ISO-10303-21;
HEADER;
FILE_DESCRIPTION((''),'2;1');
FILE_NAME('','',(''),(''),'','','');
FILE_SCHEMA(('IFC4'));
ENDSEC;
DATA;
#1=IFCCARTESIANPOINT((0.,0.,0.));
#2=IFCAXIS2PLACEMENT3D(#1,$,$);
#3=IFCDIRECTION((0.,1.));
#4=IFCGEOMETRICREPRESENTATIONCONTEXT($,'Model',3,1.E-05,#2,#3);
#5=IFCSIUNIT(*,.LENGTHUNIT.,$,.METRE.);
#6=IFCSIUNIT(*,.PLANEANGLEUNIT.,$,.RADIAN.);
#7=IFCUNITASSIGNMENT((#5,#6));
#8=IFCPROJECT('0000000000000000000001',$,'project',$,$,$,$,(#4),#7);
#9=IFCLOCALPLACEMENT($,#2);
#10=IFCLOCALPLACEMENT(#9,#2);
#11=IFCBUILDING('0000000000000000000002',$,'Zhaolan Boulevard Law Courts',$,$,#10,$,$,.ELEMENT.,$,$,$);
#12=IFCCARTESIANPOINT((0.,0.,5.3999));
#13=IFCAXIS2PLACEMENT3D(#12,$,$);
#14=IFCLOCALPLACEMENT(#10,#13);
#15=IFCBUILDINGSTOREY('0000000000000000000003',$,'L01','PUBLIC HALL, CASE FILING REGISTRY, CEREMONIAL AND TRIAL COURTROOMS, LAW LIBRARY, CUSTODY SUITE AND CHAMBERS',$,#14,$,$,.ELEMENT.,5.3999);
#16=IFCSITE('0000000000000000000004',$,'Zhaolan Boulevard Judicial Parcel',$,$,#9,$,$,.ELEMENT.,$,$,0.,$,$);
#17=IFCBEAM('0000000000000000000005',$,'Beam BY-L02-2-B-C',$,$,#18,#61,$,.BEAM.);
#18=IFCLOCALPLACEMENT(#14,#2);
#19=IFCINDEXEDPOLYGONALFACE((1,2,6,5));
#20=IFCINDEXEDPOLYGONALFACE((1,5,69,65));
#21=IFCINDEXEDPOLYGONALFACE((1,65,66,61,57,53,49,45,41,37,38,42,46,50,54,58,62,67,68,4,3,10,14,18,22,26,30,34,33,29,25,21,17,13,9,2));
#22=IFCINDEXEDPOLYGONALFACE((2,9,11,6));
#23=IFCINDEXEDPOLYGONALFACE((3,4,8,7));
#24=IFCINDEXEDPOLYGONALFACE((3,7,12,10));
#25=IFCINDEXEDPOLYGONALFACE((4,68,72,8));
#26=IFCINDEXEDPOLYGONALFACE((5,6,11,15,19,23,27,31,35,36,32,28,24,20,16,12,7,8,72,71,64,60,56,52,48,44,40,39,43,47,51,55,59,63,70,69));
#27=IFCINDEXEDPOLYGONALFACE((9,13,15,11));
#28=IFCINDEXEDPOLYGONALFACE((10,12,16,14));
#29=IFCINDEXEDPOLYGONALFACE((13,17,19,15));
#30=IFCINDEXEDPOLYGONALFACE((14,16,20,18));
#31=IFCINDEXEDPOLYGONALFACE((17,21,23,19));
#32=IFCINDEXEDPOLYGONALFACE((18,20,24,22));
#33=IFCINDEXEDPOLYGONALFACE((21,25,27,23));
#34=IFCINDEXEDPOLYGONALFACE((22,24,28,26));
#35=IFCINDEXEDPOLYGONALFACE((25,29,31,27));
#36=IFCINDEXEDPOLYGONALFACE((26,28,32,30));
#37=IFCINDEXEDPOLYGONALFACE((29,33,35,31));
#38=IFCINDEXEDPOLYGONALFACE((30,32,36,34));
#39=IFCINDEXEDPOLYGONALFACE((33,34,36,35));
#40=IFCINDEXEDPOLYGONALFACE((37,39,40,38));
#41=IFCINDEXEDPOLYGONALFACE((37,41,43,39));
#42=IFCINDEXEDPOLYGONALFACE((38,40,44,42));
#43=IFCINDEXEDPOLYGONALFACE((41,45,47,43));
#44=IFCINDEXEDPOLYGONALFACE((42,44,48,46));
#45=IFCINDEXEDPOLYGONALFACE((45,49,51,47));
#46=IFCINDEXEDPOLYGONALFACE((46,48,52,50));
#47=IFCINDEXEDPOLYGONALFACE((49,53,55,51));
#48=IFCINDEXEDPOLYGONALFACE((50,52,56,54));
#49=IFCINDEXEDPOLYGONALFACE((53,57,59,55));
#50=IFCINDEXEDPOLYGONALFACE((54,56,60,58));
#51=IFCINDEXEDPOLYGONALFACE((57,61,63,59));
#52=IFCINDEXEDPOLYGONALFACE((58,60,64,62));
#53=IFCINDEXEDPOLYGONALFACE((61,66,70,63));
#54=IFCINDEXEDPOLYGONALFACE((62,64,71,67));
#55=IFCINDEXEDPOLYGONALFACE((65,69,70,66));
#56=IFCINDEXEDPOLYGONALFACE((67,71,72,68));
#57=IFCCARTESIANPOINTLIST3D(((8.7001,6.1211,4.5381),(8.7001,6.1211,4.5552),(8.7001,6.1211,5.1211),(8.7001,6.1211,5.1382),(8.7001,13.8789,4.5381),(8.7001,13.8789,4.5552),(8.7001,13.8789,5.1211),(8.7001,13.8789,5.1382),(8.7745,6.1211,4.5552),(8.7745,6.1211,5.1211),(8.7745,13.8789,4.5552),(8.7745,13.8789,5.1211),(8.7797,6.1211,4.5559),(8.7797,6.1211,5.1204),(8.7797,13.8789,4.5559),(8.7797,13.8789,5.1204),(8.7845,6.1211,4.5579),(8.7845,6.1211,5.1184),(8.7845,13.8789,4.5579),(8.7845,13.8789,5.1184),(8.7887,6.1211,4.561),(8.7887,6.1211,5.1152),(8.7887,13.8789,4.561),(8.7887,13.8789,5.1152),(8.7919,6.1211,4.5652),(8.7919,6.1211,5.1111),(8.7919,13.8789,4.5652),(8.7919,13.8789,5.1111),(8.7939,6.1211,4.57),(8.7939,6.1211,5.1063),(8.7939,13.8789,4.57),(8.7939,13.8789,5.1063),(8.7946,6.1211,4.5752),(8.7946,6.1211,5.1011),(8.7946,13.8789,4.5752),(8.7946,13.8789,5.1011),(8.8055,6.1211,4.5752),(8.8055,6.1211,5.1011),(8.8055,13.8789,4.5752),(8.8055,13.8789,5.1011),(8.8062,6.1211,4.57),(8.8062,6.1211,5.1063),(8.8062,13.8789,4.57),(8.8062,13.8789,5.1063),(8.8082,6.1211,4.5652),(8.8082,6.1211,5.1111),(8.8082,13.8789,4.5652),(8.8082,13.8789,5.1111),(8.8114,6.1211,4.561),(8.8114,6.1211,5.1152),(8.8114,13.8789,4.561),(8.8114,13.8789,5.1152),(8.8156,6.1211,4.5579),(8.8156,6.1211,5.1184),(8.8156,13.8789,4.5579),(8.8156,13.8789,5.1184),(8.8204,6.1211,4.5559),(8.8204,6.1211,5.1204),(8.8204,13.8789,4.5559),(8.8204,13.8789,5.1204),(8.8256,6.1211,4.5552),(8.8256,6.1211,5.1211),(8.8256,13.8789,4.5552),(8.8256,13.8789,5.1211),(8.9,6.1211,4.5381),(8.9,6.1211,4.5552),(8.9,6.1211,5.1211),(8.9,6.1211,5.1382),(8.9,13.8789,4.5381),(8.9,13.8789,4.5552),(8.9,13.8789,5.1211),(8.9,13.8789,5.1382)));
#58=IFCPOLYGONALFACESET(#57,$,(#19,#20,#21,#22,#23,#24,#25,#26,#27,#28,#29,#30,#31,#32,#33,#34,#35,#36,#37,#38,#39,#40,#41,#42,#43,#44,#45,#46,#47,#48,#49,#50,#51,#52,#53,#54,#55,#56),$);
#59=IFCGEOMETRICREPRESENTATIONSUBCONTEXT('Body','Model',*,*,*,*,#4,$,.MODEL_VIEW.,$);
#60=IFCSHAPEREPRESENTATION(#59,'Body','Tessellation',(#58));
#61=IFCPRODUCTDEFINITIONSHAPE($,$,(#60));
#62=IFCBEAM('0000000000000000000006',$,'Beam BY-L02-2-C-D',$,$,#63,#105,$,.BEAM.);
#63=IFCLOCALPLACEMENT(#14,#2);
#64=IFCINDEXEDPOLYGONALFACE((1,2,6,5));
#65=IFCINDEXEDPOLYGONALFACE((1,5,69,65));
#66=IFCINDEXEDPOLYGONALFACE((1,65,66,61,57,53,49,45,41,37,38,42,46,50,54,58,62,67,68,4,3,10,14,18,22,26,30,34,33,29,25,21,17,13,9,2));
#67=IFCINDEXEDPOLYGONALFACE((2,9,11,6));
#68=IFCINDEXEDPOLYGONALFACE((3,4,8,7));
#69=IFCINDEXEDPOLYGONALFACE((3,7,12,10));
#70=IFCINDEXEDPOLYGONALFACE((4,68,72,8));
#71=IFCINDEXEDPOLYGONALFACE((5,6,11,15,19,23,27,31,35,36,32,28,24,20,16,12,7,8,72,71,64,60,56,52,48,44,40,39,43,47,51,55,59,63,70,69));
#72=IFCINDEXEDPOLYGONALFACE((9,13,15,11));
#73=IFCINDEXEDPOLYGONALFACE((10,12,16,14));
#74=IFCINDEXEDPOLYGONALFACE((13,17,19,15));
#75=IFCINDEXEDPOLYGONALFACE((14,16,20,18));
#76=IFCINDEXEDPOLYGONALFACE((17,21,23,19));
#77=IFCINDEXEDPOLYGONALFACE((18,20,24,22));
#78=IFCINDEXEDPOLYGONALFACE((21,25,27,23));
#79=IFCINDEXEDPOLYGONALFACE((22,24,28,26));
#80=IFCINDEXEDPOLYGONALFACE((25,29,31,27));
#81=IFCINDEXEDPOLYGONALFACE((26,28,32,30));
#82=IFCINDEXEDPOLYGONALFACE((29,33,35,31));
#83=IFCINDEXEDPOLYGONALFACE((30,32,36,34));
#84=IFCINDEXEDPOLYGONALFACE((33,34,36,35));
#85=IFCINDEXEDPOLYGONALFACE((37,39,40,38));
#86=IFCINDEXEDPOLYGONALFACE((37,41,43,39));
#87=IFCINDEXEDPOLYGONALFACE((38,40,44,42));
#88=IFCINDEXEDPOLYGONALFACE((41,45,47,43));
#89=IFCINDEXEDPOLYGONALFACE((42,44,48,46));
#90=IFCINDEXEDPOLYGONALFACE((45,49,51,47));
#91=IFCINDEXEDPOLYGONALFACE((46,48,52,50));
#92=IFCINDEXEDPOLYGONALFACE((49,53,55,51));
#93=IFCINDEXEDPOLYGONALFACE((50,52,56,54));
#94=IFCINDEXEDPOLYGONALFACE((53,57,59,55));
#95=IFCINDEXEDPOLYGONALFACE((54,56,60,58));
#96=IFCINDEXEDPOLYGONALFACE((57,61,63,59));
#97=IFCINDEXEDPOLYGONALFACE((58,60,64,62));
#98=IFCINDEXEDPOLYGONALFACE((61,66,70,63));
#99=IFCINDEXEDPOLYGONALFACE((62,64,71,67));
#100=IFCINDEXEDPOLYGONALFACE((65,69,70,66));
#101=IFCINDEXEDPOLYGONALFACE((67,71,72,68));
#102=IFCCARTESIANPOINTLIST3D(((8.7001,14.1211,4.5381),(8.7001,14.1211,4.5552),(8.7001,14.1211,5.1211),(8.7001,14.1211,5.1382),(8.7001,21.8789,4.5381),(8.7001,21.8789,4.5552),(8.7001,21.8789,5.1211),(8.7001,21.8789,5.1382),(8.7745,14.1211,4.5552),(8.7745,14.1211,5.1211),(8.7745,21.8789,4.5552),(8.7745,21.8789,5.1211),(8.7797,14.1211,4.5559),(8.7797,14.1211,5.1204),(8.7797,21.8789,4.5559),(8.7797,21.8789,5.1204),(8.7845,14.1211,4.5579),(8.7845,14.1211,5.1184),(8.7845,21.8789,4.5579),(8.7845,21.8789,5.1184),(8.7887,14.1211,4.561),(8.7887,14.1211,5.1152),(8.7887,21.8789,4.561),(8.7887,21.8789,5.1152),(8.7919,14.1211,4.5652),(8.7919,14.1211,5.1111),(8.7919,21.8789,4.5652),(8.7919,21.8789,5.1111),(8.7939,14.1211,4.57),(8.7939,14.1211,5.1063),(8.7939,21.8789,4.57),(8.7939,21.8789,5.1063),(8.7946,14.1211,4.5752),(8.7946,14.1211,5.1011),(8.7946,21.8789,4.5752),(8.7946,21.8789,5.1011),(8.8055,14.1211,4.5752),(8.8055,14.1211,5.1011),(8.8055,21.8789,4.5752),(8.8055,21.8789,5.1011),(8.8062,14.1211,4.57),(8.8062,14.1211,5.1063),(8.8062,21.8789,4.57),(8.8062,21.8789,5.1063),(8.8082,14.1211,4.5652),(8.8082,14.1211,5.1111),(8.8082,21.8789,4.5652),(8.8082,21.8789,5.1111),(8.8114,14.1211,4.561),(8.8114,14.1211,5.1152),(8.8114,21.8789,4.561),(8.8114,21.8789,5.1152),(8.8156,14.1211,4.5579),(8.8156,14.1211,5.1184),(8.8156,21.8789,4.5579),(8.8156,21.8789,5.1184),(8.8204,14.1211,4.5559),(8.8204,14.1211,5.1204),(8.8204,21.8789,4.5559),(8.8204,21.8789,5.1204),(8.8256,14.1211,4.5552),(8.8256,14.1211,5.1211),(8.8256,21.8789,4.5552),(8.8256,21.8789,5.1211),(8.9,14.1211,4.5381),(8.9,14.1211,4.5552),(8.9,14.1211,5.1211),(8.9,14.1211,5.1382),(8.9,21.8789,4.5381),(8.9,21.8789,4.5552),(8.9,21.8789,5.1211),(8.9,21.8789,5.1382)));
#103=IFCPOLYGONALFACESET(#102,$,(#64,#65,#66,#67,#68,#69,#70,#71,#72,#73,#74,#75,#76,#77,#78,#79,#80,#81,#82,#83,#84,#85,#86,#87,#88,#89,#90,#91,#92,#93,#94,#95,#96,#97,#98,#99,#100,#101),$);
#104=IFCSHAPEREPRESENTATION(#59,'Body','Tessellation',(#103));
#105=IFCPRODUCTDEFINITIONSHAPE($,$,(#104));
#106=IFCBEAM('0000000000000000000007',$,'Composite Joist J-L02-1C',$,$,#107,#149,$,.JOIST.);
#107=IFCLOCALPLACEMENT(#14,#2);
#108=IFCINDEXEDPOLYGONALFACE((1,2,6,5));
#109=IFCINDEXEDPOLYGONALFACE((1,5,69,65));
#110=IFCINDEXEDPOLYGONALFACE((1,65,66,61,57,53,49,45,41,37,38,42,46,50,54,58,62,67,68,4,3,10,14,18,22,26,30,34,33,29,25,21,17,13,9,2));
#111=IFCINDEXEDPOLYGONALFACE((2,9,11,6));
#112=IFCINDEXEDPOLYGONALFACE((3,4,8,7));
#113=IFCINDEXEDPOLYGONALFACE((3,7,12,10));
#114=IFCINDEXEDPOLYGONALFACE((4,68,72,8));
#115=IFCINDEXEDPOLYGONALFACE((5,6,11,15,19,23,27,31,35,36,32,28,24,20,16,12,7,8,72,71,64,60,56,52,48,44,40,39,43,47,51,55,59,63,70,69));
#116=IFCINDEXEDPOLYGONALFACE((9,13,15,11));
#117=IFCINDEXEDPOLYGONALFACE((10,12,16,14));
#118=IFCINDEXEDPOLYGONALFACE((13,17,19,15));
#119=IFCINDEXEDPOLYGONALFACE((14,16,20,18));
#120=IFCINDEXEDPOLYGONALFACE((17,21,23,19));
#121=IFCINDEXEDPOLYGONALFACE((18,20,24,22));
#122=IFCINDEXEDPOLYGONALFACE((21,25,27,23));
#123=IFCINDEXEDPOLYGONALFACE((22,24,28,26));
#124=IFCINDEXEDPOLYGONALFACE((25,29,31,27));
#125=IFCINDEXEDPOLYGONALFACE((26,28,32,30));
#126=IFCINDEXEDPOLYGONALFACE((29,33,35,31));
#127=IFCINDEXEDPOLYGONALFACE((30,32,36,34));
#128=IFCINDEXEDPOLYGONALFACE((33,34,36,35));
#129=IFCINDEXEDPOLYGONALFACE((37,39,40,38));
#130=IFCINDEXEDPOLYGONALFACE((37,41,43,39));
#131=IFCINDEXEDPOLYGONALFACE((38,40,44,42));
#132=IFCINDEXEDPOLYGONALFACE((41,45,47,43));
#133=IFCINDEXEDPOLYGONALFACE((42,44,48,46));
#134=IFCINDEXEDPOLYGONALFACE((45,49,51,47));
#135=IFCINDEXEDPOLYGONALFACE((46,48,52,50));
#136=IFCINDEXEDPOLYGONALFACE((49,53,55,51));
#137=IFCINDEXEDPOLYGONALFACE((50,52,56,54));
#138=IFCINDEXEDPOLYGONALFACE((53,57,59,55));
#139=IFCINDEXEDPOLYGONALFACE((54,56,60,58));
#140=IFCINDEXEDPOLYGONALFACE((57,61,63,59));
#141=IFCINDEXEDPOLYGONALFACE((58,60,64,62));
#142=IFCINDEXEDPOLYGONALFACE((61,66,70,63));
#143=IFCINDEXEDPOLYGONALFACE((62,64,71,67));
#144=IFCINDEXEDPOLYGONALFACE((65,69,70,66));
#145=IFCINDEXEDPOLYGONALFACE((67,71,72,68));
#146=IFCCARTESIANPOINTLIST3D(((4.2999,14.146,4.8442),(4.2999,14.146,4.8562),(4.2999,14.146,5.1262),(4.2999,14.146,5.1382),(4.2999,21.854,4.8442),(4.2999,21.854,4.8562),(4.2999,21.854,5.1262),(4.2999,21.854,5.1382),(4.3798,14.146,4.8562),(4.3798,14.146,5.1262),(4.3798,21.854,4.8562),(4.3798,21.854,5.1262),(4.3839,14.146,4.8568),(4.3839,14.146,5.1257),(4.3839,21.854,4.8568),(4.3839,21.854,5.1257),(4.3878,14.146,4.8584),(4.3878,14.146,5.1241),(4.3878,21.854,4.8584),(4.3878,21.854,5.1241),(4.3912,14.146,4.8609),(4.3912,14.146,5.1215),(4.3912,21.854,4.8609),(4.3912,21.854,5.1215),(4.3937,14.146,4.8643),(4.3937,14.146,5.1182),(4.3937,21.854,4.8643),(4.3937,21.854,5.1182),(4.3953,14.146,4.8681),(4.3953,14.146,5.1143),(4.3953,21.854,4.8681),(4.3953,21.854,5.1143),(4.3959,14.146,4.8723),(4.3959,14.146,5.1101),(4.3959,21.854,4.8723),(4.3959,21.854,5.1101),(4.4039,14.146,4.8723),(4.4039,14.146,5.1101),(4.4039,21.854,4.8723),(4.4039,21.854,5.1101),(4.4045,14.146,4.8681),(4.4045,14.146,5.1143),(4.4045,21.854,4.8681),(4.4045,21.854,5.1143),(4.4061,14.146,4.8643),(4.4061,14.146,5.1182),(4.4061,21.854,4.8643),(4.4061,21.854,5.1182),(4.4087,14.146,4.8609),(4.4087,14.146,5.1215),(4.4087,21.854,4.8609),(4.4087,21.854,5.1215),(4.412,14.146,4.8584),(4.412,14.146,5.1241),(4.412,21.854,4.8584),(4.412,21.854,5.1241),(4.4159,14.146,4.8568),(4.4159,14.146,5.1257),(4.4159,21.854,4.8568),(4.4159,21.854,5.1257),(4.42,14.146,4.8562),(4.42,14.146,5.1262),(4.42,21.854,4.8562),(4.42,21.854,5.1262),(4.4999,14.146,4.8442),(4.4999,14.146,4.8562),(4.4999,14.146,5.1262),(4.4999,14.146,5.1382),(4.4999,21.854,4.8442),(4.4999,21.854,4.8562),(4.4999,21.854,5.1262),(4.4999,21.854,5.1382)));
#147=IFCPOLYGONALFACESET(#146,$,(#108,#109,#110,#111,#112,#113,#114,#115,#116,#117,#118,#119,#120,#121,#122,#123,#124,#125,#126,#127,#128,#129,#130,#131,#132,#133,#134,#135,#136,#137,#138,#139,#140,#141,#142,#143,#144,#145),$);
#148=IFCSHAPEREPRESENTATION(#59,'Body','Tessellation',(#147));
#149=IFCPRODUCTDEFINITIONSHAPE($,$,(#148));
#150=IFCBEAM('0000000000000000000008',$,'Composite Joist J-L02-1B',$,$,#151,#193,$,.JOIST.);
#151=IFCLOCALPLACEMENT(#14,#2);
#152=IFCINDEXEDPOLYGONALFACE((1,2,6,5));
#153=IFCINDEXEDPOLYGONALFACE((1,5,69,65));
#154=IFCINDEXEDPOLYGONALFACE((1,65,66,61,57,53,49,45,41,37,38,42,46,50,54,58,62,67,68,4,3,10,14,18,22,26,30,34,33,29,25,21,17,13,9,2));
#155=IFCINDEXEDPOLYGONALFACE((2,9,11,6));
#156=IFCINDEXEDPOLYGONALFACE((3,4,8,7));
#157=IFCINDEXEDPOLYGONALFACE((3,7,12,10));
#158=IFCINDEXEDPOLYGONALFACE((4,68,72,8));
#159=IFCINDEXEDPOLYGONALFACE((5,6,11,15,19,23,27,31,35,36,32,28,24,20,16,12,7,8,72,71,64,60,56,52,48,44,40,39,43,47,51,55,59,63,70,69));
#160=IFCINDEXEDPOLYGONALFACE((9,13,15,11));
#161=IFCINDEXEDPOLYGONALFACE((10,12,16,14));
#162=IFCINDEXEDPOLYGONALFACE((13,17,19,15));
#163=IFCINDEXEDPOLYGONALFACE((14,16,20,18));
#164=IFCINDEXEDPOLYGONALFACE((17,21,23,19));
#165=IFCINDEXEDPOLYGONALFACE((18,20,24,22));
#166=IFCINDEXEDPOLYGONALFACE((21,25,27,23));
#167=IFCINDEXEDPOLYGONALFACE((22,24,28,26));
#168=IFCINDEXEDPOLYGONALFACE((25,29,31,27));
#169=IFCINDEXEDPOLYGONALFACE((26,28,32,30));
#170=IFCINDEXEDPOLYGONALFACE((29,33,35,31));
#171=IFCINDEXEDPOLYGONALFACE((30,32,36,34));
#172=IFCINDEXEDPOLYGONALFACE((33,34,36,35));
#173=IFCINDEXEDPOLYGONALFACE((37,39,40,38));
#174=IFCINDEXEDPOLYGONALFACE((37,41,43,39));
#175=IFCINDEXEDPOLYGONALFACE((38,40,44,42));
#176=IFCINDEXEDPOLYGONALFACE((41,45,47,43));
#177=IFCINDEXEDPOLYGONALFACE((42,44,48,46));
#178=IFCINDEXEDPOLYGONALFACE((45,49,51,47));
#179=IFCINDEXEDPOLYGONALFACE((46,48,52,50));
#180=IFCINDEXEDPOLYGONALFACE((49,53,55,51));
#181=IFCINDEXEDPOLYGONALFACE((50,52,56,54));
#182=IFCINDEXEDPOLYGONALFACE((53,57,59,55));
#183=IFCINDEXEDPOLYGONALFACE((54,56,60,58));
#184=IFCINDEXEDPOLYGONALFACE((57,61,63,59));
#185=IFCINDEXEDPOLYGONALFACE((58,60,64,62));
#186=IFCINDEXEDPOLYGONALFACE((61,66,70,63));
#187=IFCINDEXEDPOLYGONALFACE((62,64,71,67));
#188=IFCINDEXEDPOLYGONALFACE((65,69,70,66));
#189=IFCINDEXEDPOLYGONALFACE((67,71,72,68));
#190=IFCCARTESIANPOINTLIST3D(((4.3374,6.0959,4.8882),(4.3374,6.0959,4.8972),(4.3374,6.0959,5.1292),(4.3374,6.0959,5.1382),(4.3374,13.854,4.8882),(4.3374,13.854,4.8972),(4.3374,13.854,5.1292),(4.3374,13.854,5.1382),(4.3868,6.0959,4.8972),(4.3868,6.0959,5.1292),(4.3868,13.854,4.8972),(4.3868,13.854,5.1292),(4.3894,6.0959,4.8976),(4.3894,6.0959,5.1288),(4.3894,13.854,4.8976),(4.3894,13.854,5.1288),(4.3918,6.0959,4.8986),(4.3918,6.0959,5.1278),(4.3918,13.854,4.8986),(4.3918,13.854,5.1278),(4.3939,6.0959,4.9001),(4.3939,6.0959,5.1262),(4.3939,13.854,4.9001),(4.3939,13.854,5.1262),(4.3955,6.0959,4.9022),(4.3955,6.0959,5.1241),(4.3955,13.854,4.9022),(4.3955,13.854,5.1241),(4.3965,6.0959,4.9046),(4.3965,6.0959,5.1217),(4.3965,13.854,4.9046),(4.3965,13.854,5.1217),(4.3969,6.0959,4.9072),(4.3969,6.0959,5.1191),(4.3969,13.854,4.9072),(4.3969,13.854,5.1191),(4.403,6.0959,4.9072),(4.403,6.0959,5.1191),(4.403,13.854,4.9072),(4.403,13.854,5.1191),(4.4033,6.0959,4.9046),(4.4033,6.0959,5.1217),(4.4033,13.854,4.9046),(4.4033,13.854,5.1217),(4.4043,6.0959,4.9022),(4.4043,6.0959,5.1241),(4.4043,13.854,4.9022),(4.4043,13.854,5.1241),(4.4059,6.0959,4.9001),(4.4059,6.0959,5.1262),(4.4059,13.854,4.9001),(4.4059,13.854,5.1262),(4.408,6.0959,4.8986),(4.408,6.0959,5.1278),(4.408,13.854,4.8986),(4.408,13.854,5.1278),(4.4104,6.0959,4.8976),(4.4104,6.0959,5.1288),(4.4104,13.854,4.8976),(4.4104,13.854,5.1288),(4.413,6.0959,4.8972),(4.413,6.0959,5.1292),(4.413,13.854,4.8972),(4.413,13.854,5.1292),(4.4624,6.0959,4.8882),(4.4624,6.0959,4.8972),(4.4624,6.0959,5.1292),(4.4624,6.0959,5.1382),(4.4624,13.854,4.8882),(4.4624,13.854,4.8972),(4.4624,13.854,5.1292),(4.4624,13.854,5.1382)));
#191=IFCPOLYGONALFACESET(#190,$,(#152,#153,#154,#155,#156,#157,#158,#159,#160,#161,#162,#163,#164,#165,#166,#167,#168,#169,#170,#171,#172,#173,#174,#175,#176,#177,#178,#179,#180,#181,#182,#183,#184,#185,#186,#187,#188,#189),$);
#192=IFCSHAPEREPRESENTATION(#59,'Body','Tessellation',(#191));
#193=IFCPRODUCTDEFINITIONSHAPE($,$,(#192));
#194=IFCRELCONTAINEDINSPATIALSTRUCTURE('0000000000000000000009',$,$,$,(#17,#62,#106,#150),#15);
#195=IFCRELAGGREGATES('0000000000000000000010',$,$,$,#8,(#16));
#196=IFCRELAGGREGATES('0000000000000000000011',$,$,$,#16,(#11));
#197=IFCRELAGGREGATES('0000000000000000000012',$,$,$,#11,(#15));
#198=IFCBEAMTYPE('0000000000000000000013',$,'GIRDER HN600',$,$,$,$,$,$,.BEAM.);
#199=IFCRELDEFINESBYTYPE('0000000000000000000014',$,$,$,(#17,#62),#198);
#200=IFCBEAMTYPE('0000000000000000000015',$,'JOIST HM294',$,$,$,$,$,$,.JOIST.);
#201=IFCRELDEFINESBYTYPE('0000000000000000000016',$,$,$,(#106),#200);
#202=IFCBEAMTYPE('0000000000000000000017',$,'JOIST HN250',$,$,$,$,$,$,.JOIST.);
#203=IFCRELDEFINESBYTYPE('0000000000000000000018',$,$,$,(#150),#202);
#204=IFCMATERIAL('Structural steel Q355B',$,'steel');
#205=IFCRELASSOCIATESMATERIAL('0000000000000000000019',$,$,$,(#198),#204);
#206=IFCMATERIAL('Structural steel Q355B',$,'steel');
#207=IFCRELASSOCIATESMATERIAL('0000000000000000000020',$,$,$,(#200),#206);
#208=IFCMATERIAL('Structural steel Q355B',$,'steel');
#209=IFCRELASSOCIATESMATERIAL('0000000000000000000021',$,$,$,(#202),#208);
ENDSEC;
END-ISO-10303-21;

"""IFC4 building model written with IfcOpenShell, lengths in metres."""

from ifc_helpers import new_model, si_unit, direction, frame, origin, origin_2d, place, context, subcontext, project, spatial, i_section, extrude, material, material_profile, profile_set, type_object, element, save


model = new_model("IFC4")

# Units and contexts
model_context = context("Model", 3, precision=1e-05, world=origin(), true_north=direction((0.0, 1.0)))
body_context = subcontext(model_context, "Body", "Model", "MODEL_VIEW")
ifc_project = project(units=[si_unit("LENGTHUNIT", "METRE"), si_unit("PLANEANGLEUNIT", "RADIAN")], contexts=[model_context])

# Site, building, storey
site_placement = place(None, origin())
site = spatial("IfcSite", under=ifc_project, at=site_placement, Name="Zhaolan Boulevard Judicial Parcel", CompositionType="ELEMENT", RefElevation=0.0)
building_placement = place(site_placement, origin())
building = spatial("IfcBuilding", under=site, at=building_placement, Name="Zhaolan Boulevard Law Courts", CompositionType="ELEMENT")
storey_placement = place(building_placement, frame((0.0, 0.0, 5.3999)))
storey = spatial("IfcBuildingStorey", under=building, at=storey_placement, Name="L01", Description="PUBLIC HALL, CASE FILING REGISTRY, CEREMONIAL AND TRIAL COURTROOMS, LAW LIBRARY, CUSTODY SUITE AND CHAMBERS", CompositionType="ELEMENT", Elevation=5.3999)

# Beams
ifc_material_1 = material(Name="Structural steel Q355B", Category="steel")
ifc_material_profile_1 = material_profile(ifc_material_1, i_section(OverallWidth=0.2, OverallDepth=0.6001, WebThickness=0.011, FlangeThickness=0.0171, FilletRadius=0.02, at=origin_2d()), Name="HN600x200")
ifc_profile_set_1 = profile_set([ifc_material_profile_1], Name="Structural steel Q355B")
beam_type_1 = type_object("IfcBeamType", Name="GIRDER HN600", PredefinedType="BEAM", material=ifc_profile_set_1)
for number, where, z_axis, x_axis, name in (
    (1, (8.8, 6.1211, 4.8381), (0.0, 1.0, 0.0), (-1.0, 0.0, 0.0), "Beam BY-L02-2-B-C"),
    (2, (8.8, 14.1211, 4.8381), (0.0, 1.0, 0.0), (-1.0, 0.0, 0.0), "Beam BY-L02-2-C-D"),
):
    element("IfcBeam", number, at=place(storey_placement, frame(where, z_axis=z_axis, x_axis=x_axis)), inside=storey, type_object=beam_type_1, Name=name, PredefinedType="BEAM", context=body_context, shape_type="SweptSolid", body=[
        extrude(i_section(OverallWidth=0.2, OverallDepth=0.6001, WebThickness=0.011, FlangeThickness=0.0171, FilletRadius=0.02, at=origin_2d()), origin(), (0.0, 0.0, 1.0), 7.7578),
    ])
ifc_material_2 = material(Name="Structural steel Q355B", Category="steel")
ifc_material_profile_2 = material_profile(ifc_material_2, i_section(OverallWidth=0.2, OverallDepth=0.2939, WebThickness=0.0081, FlangeThickness=0.012, FilletRadius=0.0161, at=origin_2d()), Name="HM294x200")
ifc_profile_set_2 = profile_set([ifc_material_profile_2], Name="Structural steel Q355B")
beam_type_2 = type_object("IfcBeamType", Name="JOIST HM294", PredefinedType="JOIST", material=ifc_profile_set_2)
beam_1_placement = place(storey_placement, frame((4.3999, 14.146, 4.9912), z_axis=(0.0, 1.0, 0.0), x_axis=(-1.0, 0.0, 0.0)))
element("IfcBeam", 3, at=beam_1_placement, inside=storey, type_object=beam_type_2, Name="Composite Joist J-L02-1C", PredefinedType="JOIST", context=body_context, shape_type="SweptSolid", body=[
    extrude(i_section(OverallWidth=0.2, OverallDepth=0.2939, WebThickness=0.0081, FlangeThickness=0.012, FilletRadius=0.0161, at=origin_2d()), origin(), (0.0, 0.0, 1.0), 7.708),
])
ifc_material_3 = material(Name="Structural steel Q355B", Category="steel")
ifc_material_profile_3 = material_profile(ifc_material_3, i_section(OverallWidth=0.125, OverallDepth=0.25, WebThickness=0.0061, FlangeThickness=0.009, FilletRadius=0.01, at=origin_2d()), Name="HN250x125")
ifc_profile_set_3 = profile_set([ifc_material_profile_3], Name="Structural steel Q355B")
beam_type_3 = type_object("IfcBeamType", Name="JOIST HN250", PredefinedType="JOIST", material=ifc_profile_set_3)
beam_2_placement = place(storey_placement, frame((4.3999, 6.0959, 5.0132), z_axis=(0.0, 1.0, 0.0), x_axis=(-1.0, 0.0, 0.0)))
element("IfcBeam", 4, at=beam_2_placement, inside=storey, type_object=beam_type_3, Name="Composite Joist J-L02-1B", PredefinedType="JOIST", context=body_context, shape_type="SweptSolid", body=[
    extrude(i_section(OverallWidth=0.125, OverallDepth=0.25, WebThickness=0.0061, FlangeThickness=0.009, FilletRadius=0.01, at=origin_2d()), origin(), (0.0, 0.0, 1.0), 7.7581),
])

save(model, "model.ifc")
